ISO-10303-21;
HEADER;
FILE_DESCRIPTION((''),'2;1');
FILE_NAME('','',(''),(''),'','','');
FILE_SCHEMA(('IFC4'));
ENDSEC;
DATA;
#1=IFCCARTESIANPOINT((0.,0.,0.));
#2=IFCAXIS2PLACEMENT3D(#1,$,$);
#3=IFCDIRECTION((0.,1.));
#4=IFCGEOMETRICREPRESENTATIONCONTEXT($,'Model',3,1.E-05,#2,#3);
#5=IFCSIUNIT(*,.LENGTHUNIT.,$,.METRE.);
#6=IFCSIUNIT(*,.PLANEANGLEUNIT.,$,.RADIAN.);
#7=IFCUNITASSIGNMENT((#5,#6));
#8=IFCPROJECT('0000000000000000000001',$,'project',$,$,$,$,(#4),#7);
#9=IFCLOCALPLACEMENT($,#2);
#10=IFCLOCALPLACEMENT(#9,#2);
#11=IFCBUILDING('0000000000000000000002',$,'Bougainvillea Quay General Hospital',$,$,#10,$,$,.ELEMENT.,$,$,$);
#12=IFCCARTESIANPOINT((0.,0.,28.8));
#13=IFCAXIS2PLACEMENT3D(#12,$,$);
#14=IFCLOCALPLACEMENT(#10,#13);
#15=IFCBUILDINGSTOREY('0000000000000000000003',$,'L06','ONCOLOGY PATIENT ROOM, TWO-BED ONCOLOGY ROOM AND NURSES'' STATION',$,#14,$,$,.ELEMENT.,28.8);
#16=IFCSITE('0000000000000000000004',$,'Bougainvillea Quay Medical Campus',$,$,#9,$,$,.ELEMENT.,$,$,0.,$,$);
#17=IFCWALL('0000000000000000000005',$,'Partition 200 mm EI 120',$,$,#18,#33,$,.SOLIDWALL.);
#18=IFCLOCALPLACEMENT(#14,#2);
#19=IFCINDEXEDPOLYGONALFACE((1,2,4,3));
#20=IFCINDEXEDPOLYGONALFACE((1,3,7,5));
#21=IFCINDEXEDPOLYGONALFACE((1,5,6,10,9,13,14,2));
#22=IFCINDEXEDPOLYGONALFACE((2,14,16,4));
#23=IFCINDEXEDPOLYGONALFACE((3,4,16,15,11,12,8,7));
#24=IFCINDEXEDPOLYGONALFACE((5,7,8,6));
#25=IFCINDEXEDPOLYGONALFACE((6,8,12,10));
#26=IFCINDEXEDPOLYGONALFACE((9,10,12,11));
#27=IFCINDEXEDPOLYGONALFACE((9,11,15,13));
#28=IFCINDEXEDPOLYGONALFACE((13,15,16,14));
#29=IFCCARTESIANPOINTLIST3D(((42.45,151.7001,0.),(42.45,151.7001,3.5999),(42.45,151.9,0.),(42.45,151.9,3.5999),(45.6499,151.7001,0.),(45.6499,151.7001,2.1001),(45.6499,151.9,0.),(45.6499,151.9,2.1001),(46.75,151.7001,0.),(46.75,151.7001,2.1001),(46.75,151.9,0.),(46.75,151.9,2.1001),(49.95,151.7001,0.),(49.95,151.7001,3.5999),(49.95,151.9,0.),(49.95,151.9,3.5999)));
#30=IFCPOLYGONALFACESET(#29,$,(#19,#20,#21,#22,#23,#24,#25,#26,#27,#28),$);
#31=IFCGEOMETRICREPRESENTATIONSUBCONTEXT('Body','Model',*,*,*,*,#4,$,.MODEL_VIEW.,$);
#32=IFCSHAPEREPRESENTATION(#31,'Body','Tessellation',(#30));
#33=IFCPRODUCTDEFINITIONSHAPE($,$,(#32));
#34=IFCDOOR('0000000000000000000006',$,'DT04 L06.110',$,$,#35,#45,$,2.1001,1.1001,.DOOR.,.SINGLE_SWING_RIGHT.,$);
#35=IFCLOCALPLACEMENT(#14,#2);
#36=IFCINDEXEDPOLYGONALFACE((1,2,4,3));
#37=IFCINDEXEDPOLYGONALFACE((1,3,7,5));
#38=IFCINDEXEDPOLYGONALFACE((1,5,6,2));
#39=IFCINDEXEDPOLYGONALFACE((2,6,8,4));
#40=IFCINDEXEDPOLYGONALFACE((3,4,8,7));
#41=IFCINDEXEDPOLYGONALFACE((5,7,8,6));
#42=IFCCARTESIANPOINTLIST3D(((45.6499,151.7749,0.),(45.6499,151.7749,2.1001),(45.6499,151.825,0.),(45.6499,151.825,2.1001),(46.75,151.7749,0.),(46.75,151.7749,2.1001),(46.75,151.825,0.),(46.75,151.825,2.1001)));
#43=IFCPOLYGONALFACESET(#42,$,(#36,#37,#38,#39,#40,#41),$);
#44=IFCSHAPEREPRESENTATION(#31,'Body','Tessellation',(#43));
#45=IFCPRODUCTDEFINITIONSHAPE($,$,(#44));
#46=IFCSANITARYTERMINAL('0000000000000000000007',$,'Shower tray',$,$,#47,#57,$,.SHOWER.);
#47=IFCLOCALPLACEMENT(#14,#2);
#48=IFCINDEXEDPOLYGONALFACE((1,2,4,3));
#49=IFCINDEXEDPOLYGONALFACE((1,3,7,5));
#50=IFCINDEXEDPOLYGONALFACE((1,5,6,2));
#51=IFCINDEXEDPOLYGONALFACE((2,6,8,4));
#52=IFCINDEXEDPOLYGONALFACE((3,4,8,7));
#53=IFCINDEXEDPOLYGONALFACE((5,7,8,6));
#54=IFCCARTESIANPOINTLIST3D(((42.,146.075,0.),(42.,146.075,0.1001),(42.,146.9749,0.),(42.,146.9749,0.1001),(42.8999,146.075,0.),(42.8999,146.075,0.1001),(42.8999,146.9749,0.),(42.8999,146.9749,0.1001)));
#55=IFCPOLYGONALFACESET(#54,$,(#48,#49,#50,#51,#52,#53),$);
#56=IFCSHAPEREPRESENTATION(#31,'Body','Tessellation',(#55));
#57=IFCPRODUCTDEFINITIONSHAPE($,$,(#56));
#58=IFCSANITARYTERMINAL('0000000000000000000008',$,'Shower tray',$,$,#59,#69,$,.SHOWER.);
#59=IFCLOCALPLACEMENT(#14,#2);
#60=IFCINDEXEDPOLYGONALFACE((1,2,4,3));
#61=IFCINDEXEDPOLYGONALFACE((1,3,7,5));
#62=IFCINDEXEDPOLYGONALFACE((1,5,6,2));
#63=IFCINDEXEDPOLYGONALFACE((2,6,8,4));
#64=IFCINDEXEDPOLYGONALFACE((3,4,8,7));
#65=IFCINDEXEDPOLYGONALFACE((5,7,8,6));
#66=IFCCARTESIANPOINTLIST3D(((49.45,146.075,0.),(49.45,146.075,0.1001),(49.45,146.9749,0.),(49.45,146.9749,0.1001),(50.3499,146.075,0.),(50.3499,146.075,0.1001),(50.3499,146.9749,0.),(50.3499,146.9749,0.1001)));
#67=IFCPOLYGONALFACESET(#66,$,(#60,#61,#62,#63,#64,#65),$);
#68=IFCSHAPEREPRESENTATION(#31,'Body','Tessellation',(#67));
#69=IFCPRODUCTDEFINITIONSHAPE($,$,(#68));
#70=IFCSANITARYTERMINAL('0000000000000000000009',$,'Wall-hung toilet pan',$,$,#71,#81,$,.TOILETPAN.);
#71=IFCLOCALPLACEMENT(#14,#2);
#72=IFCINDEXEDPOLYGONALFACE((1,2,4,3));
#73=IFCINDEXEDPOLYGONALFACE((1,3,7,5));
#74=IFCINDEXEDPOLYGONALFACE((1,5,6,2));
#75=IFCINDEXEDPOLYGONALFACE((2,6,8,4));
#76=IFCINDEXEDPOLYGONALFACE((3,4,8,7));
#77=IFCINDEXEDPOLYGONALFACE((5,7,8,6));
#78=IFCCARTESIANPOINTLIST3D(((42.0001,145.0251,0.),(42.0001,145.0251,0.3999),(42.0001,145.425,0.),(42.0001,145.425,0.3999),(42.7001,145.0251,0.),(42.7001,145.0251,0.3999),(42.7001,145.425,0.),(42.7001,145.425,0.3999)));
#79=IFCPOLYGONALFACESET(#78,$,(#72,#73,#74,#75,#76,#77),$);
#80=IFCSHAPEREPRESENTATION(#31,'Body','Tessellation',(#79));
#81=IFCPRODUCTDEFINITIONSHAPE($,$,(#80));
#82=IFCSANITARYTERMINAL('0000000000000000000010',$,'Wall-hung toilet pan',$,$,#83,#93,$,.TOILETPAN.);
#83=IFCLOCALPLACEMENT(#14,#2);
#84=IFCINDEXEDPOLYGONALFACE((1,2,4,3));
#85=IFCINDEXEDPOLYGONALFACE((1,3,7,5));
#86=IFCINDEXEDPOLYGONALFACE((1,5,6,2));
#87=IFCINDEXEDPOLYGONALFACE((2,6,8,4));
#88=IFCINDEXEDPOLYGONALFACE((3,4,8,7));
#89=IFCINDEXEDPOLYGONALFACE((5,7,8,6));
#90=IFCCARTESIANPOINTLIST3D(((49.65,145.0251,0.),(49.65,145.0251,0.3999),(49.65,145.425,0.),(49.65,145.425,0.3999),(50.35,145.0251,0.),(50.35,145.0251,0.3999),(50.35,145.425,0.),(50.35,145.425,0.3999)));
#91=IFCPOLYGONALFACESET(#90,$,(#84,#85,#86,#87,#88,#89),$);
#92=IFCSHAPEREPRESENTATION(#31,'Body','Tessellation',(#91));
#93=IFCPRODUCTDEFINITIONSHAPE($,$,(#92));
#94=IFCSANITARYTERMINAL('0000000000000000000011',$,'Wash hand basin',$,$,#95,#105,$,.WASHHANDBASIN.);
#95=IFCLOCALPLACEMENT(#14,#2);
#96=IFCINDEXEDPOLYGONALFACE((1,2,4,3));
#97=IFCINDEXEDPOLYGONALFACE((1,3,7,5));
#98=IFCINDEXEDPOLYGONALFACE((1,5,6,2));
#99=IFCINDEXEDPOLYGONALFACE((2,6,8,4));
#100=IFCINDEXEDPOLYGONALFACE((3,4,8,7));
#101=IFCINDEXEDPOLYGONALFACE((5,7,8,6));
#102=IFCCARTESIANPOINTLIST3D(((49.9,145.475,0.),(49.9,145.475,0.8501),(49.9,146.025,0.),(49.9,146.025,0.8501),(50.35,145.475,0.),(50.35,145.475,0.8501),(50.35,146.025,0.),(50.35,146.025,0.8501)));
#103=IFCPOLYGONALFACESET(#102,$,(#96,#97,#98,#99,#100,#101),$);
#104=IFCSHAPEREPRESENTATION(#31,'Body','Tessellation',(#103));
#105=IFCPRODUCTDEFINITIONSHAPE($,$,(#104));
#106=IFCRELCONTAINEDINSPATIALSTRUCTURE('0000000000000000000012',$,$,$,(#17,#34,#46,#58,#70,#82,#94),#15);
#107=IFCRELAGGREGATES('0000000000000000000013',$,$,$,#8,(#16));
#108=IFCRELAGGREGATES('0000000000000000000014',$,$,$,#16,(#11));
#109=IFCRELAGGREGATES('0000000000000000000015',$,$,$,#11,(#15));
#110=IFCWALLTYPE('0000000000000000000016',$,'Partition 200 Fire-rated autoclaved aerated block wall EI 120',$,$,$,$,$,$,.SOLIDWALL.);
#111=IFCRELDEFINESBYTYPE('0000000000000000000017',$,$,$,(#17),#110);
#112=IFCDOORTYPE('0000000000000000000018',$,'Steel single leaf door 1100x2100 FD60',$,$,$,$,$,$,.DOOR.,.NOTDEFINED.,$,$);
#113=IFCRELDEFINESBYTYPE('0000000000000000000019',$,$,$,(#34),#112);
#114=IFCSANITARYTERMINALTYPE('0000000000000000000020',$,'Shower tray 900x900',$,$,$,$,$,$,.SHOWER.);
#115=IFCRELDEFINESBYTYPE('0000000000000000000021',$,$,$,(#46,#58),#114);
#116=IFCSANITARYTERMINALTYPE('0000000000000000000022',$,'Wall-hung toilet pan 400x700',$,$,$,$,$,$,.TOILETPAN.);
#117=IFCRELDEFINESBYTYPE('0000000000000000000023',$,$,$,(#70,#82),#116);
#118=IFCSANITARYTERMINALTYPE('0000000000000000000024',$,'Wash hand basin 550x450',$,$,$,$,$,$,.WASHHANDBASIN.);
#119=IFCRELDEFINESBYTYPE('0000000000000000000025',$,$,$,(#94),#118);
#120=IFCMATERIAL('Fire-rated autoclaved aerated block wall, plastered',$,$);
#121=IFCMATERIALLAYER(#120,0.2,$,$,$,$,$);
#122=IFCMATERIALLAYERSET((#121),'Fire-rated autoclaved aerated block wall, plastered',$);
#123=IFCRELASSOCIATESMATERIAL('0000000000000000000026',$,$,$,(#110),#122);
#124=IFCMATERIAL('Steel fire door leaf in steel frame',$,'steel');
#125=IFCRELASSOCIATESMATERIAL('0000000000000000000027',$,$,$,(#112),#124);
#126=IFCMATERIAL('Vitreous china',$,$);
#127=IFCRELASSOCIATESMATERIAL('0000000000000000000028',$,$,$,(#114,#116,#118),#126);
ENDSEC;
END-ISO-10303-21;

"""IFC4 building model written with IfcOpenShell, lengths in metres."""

from ifc_helpers import new_model, si_unit, direction, frame, frame_2d, origin, origin_2d, place, context, subcontext, project, spatial, rectangle, extrude, material, layer, layer_set, type_object, element, fill, save


model = new_model("IFC4")

# Units and contexts
model_context = context("Model", 3, precision=1e-05, world=origin(), true_north=direction((0.0, 1.0)))
body_context = subcontext(model_context, "Body", "Model", "MODEL_VIEW")
ifc_project = project(units=[si_unit("LENGTHUNIT", "METRE"), si_unit("PLANEANGLEUNIT", "RADIAN")], contexts=[model_context])

# Site, building, storey
site_placement = place(None, origin())
site = spatial("IfcSite", under=ifc_project, at=site_placement, Name="Bougainvillea Quay Medical Campus", CompositionType="ELEMENT", RefElevation=0.0)
building_placement = place(site_placement, origin())
building = spatial("IfcBuilding", under=site, at=building_placement, Name="Bougainvillea Quay General Hospital", CompositionType="ELEMENT")
storey_placement = place(building_placement, frame((0.0, 0.0, 28.8)))
storey = spatial("IfcBuildingStorey", under=building, at=storey_placement, Name="L06", Description="ONCOLOGY PATIENT ROOM, TWO-BED ONCOLOGY ROOM AND NURSES' STATION", CompositionType="ELEMENT", Elevation=28.8)

# Wall, opening, door
ifc_material_1 = material(Name="Fire-rated autoclaved aerated block wall, plastered")
ifc_layer_1 = layer(ifc_material_1, 0.2)
ifc_layer_set_1 = layer_set([ifc_layer_1], Name="Fire-rated autoclaved aerated block wall, plastered")
wall_type_1 = type_object("IfcWallType", Name="Partition 200 Fire-rated autoclaved aerated block wall EI 120", PredefinedType="SOLIDWALL", material=ifc_layer_set_1)
wall_1_placement = place(storey_placement, frame((42.45, 151.8, 0.0), z_axis=(0.0, 0.0, 1.0), x_axis=(1.0, 0.0, 0.0)))
wall_1 = element("IfcWall", 1, at=wall_1_placement, inside=storey, type_object=wall_type_1, Name="Partition 200 mm EI 120", PredefinedType="SOLIDWALL", context=body_context, shape_type="SweptSolid", body=[
    extrude(rectangle(XDim=7.5, YDim=0.2, at=frame_2d((3.75, 0.0))), origin(), (0.0, 0.0, 1.0), 3.5999),
])
opening_1_placement = place(wall_1_placement, frame((3.2, 0.0, 0.0)))
opening_1 = element("IfcOpeningElement", 2, at=opening_1_placement, cuts=wall_1, PredefinedType="OPENING", context=body_context, shape_type="SweptSolid", body=[
    extrude(rectangle(XDim=1.1001, YDim=2.1001, at=frame_2d((0.55, 1.05))), frame((0.0, 0.1099, 0.0), z_axis=(0.0, -1.0, 0.0), x_axis=(1.0, 0.0, 0.0)), (0.0, 0.0, 1.0), 0.22),
])
ifc_material_2 = material(Name="Steel fire door leaf in steel frame", Category="steel")
door_type_1 = type_object("IfcDoorType", Name="Steel single leaf door 1100x2100 FD60", OperationType="NOTDEFINED", PredefinedType="DOOR", material=ifc_material_2)
door_1_placement = place(opening_1_placement, origin())
door_1 = element("IfcDoor", 3, at=door_1_placement, inside=storey, type_object=door_type_1, Name="DT04 L06.110", OperationType="SINGLE_SWING_RIGHT", OverallHeight=2.1001, OverallWidth=1.1001, PredefinedType="DOOR", context=body_context, shape_type="SweptSolid", body=[
    extrude(rectangle(XDim=1.1001, YDim=2.1001, at=frame_2d((0.55, 1.05))), frame((0.0, 0.0249, 0.0), z_axis=(0.0, -1.0, 0.0), x_axis=(1.0, 0.0, 0.0)), (0.0, 0.0, 1.0), 0.05),
])
fill(opening_1, door_1)

# Sanitary terminals
ifc_material_3 = material(Name="Vitreous china")
sanitary_terminal_type_1 = type_object("IfcSanitaryTerminalType", Name="Shower tray 900x900", PredefinedType="SHOWER", material=ifc_material_3)
for number, where, z_axis, x_axis, name in (
    (4, (42.45, 146.5249, 0.0), (0.0, 0.0, 1.0), (0.0, 1.0, 0.0), "Shower tray"),
    (5, (49.8999, 146.5249, 0.0), (0.0, 0.0, 1.0), (0.0, -1.0, 0.0), "Shower tray"),
):
    element("IfcSanitaryTerminal", number, at=place(storey_placement, frame(where, z_axis=z_axis, x_axis=x_axis)), inside=storey, type_object=sanitary_terminal_type_1, Name=name, PredefinedType="SHOWER", context=body_context, shape_type="SweptSolid", body=[
        extrude(rectangle(XDim=0.8999, YDim=0.8999, at=origin_2d()), origin(), (0.0, 0.0, 1.0), 0.1001),
    ])
sanitary_terminal_type_2 = type_object("IfcSanitaryTerminalType", Name="Wall-hung toilet pan 400x700", PredefinedType="TOILETPAN", material=ifc_material_3)
for number, where, z_axis, x_axis, name in (
    (6, (42.3501, 145.2251, 0.0), (0.0, 0.0, 1.0), (0.0, 1.0, 0.0), "Wall-hung toilet pan"),
    (7, (50.0, 145.2251, 0.0), (0.0, 0.0, 1.0), (0.0, -1.0, 0.0), "Wall-hung toilet pan"),
):
    element("IfcSanitaryTerminal", number, at=place(storey_placement, frame(where, z_axis=z_axis, x_axis=x_axis)), inside=storey, type_object=sanitary_terminal_type_2, Name=name, PredefinedType="TOILETPAN", context=body_context, shape_type="SweptSolid", body=[
        extrude(rectangle(XDim=0.3999, YDim=0.7, at=origin_2d()), origin(), (0.0, 0.0, 1.0), 0.3999),
    ])
sanitary_terminal_type_3 = type_object("IfcSanitaryTerminalType", Name="Wash hand basin 550x450", PredefinedType="WASHHANDBASIN", material=ifc_material_3)
sanitary_terminal_placement = place(storey_placement, frame((50.125, 145.75, 0.0), z_axis=(0.0, 0.0, 1.0), x_axis=(0.0, -1.0, 0.0)))
element("IfcSanitaryTerminal", 8, at=sanitary_terminal_placement, inside=storey, type_object=sanitary_terminal_type_3, Name="Wash hand basin", PredefinedType="WASHHANDBASIN", context=body_context, shape_type="SweptSolid", body=[
    extrude(rectangle(XDim=0.55, YDim=0.45, at=origin_2d()), origin(), (0.0, 0.0, 1.0), 0.8501),
])

save(model, "model.ifc")
